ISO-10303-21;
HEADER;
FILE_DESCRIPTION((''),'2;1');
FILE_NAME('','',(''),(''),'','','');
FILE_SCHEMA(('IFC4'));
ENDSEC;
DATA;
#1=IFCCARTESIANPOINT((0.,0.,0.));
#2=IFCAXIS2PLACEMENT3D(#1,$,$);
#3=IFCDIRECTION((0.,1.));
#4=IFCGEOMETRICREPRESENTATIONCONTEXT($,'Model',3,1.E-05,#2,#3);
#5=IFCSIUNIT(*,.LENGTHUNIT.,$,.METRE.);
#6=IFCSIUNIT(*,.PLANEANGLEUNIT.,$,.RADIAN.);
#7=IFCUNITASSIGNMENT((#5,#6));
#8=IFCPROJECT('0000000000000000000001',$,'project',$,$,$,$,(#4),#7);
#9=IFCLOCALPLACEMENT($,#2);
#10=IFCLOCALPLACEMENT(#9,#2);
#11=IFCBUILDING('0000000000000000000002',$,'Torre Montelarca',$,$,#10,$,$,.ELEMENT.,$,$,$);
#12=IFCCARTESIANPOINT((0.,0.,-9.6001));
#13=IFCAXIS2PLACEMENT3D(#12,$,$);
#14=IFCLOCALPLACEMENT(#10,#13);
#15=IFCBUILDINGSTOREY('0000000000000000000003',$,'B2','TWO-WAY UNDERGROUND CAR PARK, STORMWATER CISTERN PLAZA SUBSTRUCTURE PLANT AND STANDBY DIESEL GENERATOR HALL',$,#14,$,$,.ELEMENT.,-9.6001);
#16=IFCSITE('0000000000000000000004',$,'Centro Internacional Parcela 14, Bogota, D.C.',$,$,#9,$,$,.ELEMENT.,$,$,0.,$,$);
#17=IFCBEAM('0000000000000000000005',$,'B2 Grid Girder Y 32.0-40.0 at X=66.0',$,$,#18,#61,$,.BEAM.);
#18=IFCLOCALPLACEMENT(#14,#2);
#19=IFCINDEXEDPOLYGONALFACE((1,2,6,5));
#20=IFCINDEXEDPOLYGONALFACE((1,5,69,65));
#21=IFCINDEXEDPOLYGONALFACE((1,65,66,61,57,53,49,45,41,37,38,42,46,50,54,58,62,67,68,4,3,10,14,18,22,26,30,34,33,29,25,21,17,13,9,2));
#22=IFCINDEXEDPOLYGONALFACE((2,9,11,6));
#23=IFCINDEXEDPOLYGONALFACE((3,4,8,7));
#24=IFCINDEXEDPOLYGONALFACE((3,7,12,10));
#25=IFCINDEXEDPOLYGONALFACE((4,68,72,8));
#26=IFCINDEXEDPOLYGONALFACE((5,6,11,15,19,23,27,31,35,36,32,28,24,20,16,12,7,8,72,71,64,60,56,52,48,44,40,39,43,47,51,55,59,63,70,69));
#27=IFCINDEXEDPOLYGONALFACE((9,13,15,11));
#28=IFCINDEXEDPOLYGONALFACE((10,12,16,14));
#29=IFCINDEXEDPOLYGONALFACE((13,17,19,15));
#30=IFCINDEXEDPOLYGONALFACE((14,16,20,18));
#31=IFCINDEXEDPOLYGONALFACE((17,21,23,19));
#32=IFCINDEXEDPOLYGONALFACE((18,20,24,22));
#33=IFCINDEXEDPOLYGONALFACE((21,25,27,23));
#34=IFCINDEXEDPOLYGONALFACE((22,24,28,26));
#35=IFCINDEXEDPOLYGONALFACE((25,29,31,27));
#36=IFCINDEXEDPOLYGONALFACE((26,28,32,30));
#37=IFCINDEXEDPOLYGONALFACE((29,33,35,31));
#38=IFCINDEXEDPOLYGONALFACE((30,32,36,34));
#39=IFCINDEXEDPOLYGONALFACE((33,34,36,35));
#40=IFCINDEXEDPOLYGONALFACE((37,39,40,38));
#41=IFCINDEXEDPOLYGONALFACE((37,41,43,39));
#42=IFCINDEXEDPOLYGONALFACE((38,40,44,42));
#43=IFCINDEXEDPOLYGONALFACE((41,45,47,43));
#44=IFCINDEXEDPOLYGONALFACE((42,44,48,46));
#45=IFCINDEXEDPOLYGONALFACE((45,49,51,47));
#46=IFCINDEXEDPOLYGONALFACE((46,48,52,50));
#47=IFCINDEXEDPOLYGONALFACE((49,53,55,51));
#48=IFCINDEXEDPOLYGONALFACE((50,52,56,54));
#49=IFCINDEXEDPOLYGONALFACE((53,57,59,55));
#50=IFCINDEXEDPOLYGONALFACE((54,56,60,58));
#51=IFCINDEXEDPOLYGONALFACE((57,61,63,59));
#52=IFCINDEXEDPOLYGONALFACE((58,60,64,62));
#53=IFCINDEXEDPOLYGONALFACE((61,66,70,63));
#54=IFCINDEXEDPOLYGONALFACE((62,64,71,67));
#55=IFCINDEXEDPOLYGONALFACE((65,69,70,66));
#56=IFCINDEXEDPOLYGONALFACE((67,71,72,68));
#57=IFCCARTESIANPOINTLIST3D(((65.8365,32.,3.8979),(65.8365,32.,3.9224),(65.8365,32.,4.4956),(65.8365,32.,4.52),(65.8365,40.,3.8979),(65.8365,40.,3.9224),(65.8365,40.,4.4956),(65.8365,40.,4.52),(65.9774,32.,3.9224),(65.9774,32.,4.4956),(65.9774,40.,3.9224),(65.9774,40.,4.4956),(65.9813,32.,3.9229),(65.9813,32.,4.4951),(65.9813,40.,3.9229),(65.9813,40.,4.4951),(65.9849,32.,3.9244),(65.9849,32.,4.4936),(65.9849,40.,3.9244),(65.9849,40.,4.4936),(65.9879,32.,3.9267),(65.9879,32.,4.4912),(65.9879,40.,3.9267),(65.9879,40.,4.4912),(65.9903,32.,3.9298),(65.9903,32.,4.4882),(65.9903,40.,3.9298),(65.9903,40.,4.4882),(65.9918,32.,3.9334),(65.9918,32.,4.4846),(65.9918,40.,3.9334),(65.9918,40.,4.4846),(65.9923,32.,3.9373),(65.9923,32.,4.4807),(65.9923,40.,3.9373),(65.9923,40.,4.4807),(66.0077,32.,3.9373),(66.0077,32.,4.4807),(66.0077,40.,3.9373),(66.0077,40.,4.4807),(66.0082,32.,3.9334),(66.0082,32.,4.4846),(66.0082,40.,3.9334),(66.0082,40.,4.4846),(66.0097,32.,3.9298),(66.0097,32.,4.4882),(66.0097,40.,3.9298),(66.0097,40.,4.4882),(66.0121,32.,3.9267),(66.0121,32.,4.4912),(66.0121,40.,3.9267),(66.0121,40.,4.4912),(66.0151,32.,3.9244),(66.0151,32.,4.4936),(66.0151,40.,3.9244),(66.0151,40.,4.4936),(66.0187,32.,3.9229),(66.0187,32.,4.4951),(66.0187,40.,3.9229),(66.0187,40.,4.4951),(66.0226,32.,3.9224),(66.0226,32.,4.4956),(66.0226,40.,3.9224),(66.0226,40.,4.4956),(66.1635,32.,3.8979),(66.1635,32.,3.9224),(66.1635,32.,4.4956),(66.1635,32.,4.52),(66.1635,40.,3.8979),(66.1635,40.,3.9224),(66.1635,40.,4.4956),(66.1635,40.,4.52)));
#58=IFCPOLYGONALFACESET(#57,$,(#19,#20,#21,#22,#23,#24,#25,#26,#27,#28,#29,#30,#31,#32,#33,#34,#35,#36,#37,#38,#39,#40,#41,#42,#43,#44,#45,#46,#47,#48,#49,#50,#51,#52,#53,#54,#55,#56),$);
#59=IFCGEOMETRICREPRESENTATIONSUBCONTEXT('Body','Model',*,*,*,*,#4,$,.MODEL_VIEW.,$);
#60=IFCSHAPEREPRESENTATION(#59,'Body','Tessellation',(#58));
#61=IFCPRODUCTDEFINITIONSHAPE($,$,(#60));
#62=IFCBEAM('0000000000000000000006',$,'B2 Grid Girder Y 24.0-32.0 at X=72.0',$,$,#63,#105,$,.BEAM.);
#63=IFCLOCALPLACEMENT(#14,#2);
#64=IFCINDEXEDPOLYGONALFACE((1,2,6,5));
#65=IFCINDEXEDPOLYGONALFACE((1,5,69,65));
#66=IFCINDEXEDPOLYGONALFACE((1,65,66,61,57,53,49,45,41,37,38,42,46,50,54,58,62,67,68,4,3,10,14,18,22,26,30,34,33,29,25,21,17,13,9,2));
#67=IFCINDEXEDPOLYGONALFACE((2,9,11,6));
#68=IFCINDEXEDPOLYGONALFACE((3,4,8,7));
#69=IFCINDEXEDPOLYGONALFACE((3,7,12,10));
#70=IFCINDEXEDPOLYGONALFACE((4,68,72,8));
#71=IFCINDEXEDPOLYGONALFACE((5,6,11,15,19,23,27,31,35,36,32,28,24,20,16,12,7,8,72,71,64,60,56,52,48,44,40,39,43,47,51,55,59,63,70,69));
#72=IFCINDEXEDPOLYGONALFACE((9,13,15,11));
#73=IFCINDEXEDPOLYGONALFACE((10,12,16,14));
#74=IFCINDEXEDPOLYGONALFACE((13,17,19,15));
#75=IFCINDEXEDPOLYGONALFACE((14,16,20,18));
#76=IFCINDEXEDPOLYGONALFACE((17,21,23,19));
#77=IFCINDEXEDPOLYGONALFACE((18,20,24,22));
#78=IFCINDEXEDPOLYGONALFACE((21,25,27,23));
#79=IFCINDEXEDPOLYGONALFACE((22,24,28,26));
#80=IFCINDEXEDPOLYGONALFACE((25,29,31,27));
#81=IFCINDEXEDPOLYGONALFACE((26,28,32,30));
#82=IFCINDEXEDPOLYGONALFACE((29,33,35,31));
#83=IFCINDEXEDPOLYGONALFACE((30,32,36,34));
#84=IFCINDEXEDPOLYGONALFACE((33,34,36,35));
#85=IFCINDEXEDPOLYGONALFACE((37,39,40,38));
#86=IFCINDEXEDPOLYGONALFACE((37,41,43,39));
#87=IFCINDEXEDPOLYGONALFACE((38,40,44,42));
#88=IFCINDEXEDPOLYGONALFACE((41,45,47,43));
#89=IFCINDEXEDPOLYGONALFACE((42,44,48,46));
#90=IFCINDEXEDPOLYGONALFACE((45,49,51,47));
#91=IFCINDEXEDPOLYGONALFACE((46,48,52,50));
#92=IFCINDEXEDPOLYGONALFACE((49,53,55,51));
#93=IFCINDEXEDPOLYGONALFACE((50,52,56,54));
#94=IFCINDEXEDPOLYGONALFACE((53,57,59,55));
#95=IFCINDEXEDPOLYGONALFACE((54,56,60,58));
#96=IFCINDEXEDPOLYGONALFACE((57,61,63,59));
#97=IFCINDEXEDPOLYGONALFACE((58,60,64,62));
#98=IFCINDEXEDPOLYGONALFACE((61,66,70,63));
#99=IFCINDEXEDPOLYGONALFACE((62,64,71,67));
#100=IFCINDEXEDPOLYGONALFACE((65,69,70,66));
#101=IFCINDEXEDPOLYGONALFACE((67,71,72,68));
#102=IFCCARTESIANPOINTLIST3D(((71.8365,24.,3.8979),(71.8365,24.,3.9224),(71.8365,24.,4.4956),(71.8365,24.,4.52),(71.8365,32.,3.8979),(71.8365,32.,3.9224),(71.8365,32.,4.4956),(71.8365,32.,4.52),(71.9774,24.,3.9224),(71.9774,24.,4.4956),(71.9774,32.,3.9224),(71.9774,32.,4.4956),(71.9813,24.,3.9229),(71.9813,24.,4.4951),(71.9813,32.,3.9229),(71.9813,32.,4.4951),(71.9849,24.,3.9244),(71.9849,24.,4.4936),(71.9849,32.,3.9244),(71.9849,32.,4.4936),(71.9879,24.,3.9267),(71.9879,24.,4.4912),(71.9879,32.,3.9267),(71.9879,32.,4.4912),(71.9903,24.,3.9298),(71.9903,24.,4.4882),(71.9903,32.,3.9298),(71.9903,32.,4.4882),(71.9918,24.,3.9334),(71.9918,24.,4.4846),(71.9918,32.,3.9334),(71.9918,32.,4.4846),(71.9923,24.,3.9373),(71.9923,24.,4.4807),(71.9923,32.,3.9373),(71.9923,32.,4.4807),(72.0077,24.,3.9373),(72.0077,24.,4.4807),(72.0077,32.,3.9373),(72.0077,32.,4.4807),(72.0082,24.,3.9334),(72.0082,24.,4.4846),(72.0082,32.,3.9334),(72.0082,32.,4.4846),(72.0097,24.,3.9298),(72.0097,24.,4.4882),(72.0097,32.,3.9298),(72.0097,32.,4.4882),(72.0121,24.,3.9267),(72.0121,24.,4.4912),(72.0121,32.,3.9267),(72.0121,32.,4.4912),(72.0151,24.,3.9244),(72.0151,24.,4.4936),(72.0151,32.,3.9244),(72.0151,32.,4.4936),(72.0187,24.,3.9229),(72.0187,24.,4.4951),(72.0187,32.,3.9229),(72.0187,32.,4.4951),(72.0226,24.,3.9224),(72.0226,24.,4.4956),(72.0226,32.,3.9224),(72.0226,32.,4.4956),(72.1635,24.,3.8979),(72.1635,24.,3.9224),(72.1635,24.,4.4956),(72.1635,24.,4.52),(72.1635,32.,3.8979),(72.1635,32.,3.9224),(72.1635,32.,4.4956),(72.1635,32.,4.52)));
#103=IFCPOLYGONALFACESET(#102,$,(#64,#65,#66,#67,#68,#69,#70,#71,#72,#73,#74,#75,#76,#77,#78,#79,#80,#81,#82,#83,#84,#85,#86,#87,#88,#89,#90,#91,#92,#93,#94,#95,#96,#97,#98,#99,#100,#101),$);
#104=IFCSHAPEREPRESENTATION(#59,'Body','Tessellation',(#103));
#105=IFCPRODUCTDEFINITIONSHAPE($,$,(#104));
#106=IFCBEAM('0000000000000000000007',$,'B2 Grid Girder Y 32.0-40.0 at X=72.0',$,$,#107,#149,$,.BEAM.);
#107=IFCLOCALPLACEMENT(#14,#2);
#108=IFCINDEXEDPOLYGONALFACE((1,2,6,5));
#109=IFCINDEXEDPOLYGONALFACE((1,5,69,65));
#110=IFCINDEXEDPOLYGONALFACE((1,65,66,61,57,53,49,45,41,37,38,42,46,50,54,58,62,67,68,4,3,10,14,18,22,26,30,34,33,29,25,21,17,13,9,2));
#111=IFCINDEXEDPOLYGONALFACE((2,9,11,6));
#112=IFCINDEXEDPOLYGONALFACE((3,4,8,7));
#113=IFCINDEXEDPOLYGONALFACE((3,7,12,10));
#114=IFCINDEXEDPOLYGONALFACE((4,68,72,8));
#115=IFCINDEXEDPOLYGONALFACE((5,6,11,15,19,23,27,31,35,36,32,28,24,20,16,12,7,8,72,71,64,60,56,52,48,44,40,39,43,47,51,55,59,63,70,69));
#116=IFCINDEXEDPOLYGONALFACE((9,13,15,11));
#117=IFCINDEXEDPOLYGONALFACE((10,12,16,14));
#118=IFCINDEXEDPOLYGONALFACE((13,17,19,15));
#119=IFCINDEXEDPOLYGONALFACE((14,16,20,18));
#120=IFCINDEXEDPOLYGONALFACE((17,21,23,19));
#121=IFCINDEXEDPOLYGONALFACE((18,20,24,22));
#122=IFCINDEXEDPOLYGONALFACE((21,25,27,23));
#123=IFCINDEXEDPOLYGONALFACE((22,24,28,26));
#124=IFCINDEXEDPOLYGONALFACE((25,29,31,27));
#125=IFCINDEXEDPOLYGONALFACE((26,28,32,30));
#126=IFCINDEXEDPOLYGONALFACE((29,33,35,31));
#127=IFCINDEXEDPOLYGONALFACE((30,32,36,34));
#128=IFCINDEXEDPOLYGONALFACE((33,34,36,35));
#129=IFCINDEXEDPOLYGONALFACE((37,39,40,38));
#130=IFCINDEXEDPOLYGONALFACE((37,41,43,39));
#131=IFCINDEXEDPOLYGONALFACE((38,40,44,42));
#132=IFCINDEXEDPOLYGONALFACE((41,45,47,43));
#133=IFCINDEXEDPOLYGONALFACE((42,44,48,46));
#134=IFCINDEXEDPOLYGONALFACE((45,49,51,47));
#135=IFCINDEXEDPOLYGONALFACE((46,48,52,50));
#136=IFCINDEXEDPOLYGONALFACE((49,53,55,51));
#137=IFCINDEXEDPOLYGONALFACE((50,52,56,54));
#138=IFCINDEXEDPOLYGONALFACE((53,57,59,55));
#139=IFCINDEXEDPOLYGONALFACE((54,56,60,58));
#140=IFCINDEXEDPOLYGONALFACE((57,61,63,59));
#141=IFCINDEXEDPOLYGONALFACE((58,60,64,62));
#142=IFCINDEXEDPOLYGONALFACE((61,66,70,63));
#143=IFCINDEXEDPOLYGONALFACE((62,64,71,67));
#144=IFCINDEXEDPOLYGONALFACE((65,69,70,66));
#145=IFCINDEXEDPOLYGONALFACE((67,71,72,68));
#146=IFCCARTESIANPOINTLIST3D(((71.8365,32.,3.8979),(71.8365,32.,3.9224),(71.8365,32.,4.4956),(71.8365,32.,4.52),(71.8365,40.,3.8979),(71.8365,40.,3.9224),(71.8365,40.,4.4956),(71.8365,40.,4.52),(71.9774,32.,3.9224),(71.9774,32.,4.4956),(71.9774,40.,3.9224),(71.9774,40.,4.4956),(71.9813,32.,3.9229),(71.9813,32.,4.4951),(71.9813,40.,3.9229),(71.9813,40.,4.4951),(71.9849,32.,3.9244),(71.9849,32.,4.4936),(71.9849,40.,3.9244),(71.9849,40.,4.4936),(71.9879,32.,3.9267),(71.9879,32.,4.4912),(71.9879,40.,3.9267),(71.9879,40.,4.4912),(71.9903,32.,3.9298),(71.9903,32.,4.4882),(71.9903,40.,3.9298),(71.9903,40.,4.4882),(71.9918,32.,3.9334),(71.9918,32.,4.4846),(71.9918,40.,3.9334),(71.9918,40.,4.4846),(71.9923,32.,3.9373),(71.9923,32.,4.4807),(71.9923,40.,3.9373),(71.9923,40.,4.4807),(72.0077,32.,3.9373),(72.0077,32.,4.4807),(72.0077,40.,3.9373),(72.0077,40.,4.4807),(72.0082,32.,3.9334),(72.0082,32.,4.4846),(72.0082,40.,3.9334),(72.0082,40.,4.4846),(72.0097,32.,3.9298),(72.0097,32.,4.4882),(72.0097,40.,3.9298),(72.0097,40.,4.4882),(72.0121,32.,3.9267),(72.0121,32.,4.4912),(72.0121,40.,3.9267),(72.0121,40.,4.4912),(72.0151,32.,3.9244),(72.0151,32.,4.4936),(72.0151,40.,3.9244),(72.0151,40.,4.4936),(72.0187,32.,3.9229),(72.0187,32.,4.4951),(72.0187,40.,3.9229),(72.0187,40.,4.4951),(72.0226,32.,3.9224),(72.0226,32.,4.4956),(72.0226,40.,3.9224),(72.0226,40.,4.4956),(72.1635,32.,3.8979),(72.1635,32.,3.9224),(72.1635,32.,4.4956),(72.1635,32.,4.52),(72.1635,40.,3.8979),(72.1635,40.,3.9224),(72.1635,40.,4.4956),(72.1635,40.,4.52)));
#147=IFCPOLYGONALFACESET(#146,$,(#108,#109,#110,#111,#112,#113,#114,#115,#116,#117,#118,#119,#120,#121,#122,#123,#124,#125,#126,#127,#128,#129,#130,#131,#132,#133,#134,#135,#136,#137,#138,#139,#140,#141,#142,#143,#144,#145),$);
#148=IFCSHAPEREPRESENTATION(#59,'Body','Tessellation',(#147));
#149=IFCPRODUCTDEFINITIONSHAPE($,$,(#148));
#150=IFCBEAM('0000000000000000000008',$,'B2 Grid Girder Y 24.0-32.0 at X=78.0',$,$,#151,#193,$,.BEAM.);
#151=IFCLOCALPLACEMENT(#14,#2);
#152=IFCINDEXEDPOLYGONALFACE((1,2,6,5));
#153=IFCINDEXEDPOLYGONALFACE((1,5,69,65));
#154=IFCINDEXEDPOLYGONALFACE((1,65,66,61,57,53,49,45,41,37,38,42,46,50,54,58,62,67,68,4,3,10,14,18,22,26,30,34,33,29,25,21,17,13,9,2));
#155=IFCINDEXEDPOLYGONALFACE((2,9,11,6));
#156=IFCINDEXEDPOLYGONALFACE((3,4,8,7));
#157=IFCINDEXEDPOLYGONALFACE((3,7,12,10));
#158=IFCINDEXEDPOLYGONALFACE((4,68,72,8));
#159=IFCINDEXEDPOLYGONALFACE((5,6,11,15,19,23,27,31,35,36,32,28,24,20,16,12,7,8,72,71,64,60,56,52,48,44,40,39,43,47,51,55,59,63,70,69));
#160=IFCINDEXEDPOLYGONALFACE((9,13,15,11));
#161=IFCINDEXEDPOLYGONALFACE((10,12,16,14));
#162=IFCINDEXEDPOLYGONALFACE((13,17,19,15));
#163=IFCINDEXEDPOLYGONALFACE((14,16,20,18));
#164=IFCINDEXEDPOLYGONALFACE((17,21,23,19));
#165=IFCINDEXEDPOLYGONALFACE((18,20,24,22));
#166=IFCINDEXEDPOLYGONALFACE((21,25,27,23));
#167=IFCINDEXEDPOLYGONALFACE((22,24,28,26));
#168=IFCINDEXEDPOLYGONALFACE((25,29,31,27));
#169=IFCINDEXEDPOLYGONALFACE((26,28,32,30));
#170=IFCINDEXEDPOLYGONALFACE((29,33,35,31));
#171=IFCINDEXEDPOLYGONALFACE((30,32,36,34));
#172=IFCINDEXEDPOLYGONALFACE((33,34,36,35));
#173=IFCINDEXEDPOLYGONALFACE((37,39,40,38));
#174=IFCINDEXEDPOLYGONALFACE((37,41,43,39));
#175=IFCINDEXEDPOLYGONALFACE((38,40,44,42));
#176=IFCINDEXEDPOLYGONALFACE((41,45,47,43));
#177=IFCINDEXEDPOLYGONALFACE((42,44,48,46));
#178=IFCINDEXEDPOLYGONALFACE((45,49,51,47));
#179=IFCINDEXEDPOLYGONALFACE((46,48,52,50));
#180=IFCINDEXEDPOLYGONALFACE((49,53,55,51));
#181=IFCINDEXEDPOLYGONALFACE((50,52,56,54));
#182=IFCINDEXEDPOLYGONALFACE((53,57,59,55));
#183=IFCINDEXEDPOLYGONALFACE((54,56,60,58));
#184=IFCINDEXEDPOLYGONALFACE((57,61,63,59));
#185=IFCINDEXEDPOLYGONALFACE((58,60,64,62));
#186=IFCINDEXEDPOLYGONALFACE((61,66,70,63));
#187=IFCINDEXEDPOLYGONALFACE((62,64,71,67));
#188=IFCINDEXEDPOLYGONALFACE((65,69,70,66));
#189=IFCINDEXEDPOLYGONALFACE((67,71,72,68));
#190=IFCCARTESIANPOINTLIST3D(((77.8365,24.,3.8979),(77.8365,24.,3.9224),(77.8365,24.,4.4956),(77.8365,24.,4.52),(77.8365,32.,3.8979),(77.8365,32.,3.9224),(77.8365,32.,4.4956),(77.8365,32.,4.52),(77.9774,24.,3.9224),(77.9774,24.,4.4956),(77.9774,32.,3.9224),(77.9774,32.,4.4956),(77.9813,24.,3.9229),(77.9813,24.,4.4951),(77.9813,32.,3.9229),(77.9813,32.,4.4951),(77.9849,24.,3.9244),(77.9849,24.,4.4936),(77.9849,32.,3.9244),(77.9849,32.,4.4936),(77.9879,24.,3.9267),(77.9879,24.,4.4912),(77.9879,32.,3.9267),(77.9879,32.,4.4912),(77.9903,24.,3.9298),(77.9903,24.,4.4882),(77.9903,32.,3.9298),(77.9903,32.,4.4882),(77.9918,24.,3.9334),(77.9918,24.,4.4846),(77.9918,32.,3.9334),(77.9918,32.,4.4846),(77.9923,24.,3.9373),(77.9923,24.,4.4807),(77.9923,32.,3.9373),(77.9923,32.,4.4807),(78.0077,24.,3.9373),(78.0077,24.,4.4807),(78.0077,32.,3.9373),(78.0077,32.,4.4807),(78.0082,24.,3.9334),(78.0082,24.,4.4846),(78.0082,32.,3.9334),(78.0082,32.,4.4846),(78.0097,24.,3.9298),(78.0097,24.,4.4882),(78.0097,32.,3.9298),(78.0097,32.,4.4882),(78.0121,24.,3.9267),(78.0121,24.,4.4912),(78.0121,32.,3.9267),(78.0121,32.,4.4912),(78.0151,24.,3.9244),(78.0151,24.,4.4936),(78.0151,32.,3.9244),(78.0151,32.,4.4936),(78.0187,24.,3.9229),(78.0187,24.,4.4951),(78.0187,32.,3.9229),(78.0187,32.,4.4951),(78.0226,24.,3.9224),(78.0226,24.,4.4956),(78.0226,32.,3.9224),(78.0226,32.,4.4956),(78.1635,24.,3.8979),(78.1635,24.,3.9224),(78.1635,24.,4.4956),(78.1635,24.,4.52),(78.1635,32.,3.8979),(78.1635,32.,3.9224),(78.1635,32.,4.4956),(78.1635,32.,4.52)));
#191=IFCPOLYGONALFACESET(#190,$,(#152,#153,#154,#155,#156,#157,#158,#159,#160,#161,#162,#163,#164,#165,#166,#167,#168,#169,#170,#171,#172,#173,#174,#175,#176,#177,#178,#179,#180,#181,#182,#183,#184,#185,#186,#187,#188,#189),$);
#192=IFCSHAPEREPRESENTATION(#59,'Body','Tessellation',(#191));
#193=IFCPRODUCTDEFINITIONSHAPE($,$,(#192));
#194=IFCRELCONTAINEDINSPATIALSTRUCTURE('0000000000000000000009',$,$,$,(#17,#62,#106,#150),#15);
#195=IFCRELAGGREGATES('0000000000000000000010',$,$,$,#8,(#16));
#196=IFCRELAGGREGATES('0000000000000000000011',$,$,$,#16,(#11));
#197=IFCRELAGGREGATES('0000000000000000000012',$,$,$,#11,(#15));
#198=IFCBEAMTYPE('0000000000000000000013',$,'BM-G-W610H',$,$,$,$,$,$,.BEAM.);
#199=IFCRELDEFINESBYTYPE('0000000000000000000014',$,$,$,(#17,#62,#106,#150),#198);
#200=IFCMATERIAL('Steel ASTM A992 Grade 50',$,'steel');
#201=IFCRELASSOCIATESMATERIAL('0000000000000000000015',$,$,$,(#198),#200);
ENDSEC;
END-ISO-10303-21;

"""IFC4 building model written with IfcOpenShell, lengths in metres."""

from ifc_helpers import new_model, si_unit, direction, frame, origin, origin_2d, place, context, subcontext, project, spatial, i_section, extrude, source, transform, mapped, material, material_profile, profile_set, type_object, element, save


model = new_model("IFC4")

# Units and contexts
model_context = context("Model", 3, precision=1e-05, world=origin(), true_north=direction((0.0, 1.0)))
body_context = subcontext(model_context, "Body", "Model", "MODEL_VIEW")
ifc_project = project(units=[si_unit("LENGTHUNIT", "METRE"), si_unit("PLANEANGLEUNIT", "RADIAN")], contexts=[model_context])

# Site, building, storey
site_placement = place(None, origin())
site = spatial("IfcSite", under=ifc_project, at=site_placement, Name="Centro Internacional Parcela 14, Bogota, D.C.", CompositionType="ELEMENT", RefElevation=0.0)
building_placement = place(site_placement, origin())
building = spatial("IfcBuilding", under=site, at=building_placement, Name="Torre Montelarca", CompositionType="ELEMENT")
storey_placement = place(building_placement, frame((0.0, 0.0, -9.6001)))
storey = spatial("IfcBuildingStorey", under=building, at=storey_placement, Name="B2", Description="TWO-WAY UNDERGROUND CAR PARK, STORMWATER CISTERN PLAZA SUBSTRUCTURE PLANT AND STANDBY DIESEL GENERATOR HALL", CompositionType="ELEMENT", Elevation=-9.6001)

# Beams
ifc_material_1 = material(Name="Steel ASTM A992 Grade 50", Category="steel")
ifc_material_profile_1 = material_profile(ifc_material_1, i_section(OverallWidth=0.3269, OverallDepth=0.6221, WebThickness=0.0154, FlangeThickness=0.0244, FilletRadius=0.0149, at=origin_2d()), Name="W610X195", Category="steel")
ifc_profile_set_1 = profile_set([ifc_material_profile_1], Name="Steel ASTM A992 Grade 50")
beam_type_1 = type_object("IfcBeamType", Name="BM-G-W610H", PredefinedType="BEAM", material=ifc_profile_set_1)
shared_shape_1 = source(origin(), body_context, "Body", "SweptSolid", [
    extrude(i_section(OverallWidth=0.3269, OverallDepth=0.6221, WebThickness=0.0154, FlangeThickness=0.0244, FilletRadius=0.0149, at=origin_2d()), origin(), (0.0, 0.0, 1.0), 8.0),
])
for number, where, z_axis, x_axis, name in (
    (1, (66.0, 32.0, 4.209), (0.0, 1.0, 0.0), (-1.0, 0.0, 0.0), "B2 Grid Girder Y 32.0-40.0 at X=66.0"),
    (2, (72.0, 24.0, 4.209), (0.0, 1.0, 0.0), (-1.0, 0.0, 0.0), "B2 Grid Girder Y 24.0-32.0 at X=72.0"),
    (3, (72.0, 32.0, 4.209), (0.0, 1.0, 0.0), (-1.0, 0.0, 0.0), "B2 Grid Girder Y 32.0-40.0 at X=72.0"),
    (4, (78.0, 24.0, 4.209), (0.0, 1.0, 0.0), (-1.0, 0.0, 0.0), "B2 Grid Girder Y 24.0-32.0 at X=78.0"),
):
    element("IfcBeam", number, at=place(storey_placement, frame(where, z_axis=z_axis, x_axis=x_axis)), inside=storey, type_object=beam_type_1, Name=name, PredefinedType="BEAM", context=body_context, shape_type="MappedRepresentation", body=[
        mapped(shared_shape_1, transform((0.0, 0.0, 0.0), scale=1.0)),
    ])

save(model, "model.ifc")
